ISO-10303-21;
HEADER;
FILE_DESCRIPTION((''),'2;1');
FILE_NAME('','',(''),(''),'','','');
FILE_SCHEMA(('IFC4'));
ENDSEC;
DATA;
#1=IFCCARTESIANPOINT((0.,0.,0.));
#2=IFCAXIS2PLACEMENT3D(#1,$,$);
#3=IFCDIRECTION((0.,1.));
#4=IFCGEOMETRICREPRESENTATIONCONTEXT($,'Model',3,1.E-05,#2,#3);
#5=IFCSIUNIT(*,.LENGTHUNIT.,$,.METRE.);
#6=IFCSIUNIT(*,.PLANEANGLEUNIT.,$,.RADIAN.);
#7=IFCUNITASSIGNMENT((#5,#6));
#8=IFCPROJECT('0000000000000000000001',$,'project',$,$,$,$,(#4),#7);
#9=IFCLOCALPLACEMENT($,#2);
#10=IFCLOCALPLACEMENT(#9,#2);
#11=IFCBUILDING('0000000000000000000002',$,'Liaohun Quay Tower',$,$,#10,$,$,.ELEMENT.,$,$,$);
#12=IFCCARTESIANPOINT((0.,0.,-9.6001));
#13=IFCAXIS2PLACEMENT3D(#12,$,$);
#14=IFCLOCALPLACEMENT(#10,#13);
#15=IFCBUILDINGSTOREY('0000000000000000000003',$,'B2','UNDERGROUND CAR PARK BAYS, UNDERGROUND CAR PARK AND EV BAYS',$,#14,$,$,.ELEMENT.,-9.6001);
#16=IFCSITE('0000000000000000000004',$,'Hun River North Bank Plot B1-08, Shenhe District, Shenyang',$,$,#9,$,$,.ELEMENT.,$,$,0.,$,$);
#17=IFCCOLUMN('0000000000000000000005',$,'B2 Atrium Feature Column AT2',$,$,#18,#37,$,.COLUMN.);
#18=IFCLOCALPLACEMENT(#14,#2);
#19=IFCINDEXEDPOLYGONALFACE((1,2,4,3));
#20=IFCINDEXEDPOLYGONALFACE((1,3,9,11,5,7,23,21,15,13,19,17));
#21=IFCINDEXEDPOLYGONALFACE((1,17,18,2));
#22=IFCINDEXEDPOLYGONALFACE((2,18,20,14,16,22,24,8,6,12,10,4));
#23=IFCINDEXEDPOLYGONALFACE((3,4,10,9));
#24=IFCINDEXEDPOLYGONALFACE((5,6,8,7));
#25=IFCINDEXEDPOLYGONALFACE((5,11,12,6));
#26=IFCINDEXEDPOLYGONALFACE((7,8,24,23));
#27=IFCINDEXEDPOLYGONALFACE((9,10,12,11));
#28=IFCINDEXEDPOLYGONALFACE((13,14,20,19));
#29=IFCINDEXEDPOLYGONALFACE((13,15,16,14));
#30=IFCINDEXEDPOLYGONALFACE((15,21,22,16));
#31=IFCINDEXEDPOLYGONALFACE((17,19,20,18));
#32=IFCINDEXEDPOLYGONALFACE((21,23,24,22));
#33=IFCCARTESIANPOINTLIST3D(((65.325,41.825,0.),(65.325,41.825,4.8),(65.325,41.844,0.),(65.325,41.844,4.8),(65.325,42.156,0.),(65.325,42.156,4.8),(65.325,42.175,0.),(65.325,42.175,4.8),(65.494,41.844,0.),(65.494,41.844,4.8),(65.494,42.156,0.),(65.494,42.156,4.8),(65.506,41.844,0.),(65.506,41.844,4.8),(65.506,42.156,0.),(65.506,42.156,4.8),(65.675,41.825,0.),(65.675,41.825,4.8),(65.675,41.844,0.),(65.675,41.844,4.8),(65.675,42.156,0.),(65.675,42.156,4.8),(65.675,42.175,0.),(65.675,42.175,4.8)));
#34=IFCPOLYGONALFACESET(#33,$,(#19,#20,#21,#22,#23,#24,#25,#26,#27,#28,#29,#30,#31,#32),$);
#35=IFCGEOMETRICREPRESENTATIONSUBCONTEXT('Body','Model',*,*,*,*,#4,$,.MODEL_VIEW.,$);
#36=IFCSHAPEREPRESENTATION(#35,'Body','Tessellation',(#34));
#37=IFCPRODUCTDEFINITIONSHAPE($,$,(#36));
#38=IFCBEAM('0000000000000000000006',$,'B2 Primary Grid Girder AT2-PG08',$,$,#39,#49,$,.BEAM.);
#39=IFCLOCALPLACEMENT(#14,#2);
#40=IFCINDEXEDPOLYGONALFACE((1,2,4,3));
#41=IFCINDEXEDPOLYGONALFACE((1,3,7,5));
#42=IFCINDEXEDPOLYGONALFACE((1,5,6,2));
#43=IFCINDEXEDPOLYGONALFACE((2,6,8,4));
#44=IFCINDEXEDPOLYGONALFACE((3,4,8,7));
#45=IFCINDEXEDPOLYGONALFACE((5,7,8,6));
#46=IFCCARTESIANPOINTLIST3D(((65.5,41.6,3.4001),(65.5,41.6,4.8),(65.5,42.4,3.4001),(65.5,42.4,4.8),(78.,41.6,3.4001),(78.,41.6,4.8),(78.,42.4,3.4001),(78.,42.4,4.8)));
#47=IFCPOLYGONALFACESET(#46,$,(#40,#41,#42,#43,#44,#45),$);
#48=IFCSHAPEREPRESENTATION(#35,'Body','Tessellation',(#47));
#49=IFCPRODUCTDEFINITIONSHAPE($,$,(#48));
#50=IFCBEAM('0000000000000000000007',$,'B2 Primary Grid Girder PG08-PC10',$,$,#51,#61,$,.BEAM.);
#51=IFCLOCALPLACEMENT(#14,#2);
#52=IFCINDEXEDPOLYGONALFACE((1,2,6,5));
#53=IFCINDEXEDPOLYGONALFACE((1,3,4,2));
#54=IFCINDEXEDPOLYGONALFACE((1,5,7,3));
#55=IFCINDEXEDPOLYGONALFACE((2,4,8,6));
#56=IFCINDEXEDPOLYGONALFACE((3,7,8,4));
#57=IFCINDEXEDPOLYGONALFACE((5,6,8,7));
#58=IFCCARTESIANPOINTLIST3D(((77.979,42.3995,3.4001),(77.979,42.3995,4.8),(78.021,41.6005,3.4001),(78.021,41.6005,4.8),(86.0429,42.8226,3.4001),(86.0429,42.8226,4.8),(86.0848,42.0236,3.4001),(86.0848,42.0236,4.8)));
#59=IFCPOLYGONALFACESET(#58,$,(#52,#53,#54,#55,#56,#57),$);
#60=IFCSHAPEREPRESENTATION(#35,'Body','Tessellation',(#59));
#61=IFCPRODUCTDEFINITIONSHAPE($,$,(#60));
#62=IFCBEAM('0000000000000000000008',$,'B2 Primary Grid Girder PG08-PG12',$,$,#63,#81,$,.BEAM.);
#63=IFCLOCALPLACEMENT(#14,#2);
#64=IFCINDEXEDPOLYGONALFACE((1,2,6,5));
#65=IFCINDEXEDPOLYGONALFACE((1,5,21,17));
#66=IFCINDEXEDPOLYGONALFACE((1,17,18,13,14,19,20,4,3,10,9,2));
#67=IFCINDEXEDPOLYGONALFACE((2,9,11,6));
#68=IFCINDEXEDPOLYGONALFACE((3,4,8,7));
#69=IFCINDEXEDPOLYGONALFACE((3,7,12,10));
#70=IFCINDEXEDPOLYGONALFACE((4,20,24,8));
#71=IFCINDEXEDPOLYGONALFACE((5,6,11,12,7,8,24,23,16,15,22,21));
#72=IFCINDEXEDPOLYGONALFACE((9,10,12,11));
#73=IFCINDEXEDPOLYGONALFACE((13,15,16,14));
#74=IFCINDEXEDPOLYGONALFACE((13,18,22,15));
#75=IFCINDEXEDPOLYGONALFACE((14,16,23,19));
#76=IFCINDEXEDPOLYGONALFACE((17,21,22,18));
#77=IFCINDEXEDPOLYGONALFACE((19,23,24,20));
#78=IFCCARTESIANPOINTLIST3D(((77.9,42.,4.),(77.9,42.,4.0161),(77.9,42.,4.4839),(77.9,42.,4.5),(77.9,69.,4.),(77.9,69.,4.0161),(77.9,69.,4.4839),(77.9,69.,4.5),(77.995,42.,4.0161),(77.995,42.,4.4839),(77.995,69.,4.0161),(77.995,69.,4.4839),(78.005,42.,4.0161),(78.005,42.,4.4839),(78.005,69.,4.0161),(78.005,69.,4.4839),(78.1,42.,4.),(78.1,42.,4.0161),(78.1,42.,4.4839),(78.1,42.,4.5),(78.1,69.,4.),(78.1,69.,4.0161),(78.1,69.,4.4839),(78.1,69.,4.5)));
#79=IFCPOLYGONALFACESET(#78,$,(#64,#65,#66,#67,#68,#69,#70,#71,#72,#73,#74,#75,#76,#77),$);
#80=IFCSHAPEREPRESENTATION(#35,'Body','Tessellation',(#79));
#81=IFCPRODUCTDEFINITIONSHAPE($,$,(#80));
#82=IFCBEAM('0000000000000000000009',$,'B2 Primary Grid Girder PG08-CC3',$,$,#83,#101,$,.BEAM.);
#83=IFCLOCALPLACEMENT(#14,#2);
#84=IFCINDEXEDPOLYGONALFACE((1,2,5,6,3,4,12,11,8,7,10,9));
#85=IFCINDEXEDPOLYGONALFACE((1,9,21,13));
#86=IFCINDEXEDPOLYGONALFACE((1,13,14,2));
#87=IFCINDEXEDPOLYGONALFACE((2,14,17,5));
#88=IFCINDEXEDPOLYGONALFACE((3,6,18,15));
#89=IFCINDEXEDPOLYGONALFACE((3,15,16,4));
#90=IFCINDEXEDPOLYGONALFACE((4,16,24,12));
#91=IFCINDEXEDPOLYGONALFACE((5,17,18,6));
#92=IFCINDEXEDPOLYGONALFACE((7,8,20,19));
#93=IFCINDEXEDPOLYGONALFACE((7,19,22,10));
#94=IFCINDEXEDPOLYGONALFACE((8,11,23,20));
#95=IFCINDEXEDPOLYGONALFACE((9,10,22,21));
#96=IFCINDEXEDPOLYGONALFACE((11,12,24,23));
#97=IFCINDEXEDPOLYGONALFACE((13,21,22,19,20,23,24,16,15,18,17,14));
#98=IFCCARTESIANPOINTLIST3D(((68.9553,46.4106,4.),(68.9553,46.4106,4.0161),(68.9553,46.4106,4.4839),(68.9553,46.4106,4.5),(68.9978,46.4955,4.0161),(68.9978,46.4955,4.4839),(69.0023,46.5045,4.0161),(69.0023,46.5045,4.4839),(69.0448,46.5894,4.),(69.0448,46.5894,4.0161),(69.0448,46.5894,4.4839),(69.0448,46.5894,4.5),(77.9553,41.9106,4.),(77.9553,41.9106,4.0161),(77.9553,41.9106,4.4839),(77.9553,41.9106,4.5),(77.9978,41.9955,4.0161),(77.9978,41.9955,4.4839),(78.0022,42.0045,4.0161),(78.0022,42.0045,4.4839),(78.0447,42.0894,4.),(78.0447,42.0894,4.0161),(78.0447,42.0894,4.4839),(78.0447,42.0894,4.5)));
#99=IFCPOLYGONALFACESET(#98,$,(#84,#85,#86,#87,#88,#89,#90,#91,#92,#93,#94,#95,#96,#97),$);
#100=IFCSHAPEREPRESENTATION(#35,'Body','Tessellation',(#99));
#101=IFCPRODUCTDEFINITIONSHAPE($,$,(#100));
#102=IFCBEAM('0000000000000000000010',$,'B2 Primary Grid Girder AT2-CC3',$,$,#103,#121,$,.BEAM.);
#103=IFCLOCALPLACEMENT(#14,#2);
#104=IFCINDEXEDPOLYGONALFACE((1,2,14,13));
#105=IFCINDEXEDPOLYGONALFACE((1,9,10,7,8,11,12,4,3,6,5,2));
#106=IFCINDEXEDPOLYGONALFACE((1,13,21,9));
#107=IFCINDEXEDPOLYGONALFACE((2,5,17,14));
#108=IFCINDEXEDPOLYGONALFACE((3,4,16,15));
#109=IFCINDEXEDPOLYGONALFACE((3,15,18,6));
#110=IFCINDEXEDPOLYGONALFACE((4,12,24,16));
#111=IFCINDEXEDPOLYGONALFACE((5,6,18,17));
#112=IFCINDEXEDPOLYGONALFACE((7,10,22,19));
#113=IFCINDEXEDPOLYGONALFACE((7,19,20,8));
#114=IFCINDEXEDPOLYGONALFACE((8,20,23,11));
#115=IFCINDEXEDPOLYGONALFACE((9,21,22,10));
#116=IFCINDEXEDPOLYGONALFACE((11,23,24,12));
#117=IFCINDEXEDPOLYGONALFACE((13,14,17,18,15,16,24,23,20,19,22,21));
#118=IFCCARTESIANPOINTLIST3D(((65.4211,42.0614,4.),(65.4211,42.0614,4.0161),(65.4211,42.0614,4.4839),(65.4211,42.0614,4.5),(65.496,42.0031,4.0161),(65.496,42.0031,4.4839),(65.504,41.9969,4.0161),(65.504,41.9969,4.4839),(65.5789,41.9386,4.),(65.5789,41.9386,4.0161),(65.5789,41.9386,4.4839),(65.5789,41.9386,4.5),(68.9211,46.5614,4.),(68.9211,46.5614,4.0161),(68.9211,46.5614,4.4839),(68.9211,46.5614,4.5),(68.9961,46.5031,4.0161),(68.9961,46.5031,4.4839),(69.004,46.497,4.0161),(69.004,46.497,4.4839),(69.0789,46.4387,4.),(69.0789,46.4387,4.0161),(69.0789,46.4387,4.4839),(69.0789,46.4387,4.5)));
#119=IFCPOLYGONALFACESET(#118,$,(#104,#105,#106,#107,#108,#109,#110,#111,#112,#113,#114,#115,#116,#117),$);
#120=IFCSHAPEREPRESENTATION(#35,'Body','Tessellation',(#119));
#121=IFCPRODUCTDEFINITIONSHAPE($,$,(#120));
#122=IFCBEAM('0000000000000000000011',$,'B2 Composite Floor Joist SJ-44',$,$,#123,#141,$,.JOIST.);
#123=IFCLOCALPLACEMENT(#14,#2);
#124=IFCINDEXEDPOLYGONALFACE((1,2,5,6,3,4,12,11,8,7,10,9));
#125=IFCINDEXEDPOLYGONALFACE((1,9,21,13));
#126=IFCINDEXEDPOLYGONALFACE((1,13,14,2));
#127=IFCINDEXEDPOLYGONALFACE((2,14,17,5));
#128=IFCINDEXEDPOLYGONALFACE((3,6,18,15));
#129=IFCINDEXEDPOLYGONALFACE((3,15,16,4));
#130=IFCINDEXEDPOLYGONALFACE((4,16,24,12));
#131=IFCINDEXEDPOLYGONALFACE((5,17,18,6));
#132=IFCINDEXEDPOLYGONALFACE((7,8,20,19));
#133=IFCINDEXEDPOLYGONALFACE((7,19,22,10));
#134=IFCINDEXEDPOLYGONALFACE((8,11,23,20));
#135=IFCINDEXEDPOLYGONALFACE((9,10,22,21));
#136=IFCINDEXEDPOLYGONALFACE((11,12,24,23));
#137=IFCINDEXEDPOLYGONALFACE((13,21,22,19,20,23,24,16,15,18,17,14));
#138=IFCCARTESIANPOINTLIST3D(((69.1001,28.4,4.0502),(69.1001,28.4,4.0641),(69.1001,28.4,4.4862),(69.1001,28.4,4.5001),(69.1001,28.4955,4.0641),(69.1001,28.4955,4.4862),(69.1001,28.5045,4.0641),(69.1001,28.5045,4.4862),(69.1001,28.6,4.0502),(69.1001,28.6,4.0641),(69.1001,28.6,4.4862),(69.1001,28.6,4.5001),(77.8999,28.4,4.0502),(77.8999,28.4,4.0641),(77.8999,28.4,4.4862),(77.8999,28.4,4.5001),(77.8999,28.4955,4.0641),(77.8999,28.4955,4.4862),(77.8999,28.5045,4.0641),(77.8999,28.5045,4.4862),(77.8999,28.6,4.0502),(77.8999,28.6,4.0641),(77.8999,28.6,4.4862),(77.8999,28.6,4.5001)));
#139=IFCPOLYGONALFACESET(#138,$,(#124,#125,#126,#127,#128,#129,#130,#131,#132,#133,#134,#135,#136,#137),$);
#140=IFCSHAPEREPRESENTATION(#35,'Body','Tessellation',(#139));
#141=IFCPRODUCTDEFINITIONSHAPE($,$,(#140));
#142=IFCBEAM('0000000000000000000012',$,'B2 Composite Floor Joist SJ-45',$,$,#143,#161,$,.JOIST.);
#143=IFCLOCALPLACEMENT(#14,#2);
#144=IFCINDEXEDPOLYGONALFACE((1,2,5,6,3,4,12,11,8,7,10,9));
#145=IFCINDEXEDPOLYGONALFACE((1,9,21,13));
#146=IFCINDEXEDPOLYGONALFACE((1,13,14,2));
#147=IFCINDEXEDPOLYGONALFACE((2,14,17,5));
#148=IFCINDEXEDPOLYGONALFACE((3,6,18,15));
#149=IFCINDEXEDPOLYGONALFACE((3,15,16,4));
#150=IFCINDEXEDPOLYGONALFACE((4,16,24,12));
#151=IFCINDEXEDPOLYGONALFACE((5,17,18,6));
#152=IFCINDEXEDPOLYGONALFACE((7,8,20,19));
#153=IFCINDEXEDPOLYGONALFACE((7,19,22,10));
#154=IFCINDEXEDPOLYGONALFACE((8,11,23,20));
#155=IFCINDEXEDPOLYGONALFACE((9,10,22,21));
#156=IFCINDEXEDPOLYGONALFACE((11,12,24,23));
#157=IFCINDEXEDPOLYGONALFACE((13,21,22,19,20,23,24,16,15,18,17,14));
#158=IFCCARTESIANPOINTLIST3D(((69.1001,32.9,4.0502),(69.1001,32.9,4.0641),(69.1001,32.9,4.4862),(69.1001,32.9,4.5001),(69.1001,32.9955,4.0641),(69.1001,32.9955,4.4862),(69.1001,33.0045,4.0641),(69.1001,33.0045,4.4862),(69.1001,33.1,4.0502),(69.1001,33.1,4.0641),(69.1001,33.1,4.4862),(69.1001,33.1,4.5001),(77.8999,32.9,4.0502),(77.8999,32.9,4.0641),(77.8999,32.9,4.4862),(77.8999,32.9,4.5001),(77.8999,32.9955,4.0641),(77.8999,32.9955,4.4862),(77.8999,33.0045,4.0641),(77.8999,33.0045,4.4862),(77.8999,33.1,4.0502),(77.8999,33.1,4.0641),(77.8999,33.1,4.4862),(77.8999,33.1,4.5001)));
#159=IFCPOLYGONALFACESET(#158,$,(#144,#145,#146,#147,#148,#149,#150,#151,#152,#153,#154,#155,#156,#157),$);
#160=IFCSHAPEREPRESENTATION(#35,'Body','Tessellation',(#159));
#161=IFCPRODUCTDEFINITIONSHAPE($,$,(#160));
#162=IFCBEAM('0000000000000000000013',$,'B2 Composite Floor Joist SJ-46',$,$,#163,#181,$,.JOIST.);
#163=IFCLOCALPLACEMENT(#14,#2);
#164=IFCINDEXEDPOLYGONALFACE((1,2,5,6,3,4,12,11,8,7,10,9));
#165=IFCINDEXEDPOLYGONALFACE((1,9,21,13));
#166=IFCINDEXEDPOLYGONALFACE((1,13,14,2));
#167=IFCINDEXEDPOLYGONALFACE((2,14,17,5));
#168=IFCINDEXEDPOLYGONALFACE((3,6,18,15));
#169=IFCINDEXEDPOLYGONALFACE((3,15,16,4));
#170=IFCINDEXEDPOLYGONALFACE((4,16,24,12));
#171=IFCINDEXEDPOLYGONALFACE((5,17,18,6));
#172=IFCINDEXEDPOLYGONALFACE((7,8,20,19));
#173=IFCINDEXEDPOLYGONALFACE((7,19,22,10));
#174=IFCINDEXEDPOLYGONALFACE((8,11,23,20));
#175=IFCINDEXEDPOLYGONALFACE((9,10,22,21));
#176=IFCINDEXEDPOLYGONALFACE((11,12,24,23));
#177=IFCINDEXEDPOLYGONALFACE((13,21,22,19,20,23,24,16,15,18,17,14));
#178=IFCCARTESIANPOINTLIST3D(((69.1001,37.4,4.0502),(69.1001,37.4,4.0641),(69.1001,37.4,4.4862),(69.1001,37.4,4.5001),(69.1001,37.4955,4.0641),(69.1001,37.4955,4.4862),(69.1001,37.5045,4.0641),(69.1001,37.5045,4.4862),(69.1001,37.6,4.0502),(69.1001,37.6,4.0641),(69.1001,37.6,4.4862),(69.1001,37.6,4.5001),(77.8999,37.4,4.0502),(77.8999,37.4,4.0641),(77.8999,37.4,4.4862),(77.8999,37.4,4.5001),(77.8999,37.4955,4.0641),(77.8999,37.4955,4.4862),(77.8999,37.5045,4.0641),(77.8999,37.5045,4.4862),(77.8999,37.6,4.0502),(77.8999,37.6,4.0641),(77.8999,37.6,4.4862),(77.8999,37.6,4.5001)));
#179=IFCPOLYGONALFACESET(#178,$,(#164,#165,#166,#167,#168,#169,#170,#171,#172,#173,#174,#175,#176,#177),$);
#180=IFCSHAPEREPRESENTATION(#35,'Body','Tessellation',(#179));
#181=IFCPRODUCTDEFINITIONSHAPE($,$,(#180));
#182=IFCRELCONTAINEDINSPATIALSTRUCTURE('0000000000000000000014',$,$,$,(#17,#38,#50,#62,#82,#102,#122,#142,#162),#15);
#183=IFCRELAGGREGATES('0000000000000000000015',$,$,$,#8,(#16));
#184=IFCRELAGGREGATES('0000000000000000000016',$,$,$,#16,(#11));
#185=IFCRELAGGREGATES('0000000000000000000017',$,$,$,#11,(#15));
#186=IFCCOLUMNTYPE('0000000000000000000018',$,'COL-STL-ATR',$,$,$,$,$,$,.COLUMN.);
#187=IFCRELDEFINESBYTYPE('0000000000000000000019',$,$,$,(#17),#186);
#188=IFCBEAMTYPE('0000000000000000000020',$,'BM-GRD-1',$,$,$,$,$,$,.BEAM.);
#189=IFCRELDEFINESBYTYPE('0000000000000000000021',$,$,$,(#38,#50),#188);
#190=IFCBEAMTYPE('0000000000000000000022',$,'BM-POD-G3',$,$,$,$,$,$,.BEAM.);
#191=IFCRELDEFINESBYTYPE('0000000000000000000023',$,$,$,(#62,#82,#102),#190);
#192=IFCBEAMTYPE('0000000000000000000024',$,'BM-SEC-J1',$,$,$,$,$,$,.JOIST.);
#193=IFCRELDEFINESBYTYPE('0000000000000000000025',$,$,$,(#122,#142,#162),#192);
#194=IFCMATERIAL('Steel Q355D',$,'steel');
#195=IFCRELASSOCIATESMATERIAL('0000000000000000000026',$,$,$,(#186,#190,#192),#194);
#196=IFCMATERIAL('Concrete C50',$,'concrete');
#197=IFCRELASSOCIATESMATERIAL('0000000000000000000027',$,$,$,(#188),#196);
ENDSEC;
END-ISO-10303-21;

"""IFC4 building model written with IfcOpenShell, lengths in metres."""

from ifc_helpers import new_model, si_unit, direction, frame, origin, origin_2d, place, context, subcontext, project, spatial, rectangle, i_section, extrude, source, transform, mapped, material, material_profile, profile_set, type_object, element, save


model = new_model("IFC4")

# Units and contexts
model_context = context("Model", 3, precision=1e-05, world=origin(), true_north=direction((0.0, 1.0)))
body_context = subcontext(model_context, "Body", "Model", "MODEL_VIEW")
ifc_project = project(units=[si_unit("LENGTHUNIT", "METRE"), si_unit("PLANEANGLEUNIT", "RADIAN")], contexts=[model_context])

# Site, building, storey
site_placement = place(None, origin())
site = spatial("IfcSite", under=ifc_project, at=site_placement, Name="Hun River North Bank Plot B1-08, Shenhe District, Shenyang", CompositionType="ELEMENT", RefElevation=0.0)
building_placement = place(site_placement, origin())
building = spatial("IfcBuilding", under=site, at=building_placement, Name="Liaohun Quay Tower", CompositionType="ELEMENT")
storey_placement = place(building_placement, frame((0.0, 0.0, -9.6001)))
storey = spatial("IfcBuildingStorey", under=building, at=storey_placement, Name="B2", Description="UNDERGROUND CAR PARK BAYS, UNDERGROUND CAR PARK AND EV BAYS", CompositionType="ELEMENT", Elevation=-9.6001)

# Column
ifc_material_1 = material(Name="Steel Q355D", Category="steel")
ifc_material_profile_1 = material_profile(ifc_material_1, i_section(OverallWidth=0.3501, OverallDepth=0.3501, WebThickness=0.012, FlangeThickness=0.019, at=origin_2d()), Name="HW350x350x12x19")
ifc_profile_set_1 = profile_set([ifc_material_profile_1], Name="Steel Q355D")
column_type_1 = type_object("IfcColumnType", Name="COL-STL-ATR", PredefinedType="COLUMN", material=ifc_profile_set_1)
shared_shape_1 = source(origin(), body_context, "Body", "SweptSolid", [
    extrude(i_section(OverallWidth=0.3501, OverallDepth=0.3501, WebThickness=0.012, FlangeThickness=0.019, at=origin_2d()), origin(), (0.0, 0.0, 1.0), 4.8),
])
column_1_placement = place(storey_placement, frame((65.5, 42.0, 0.0), z_axis=(0.0, 0.0, 1.0), x_axis=(1.0, 0.0, 0.0)))
element("IfcColumn", 1, at=column_1_placement, inside=storey, type_object=column_type_1, Name="B2 Atrium Feature Column AT2", PredefinedType="COLUMN", context=body_context, shape_type="MappedRepresentation", body=[
    mapped(shared_shape_1, transform((0.0, 0.0, 0.0), x_axis=(1.0, 0.0, 0.0), y_axis=(0.0, 1.0, 0.0), z_axis=(0.0, 0.0, 1.0), scale=1.0)),
])

# Beams
ifc_material_2 = material(Name="Concrete C50", Category="concrete")
ifc_material_profile_2 = material_profile(ifc_material_2, rectangle(XDim=0.8, YDim=1.3999, at=origin_2d()), Name="RC800x1400")
ifc_profile_set_2 = profile_set([ifc_material_profile_2], Name="Concrete C50")
beam_type_1 = type_object("IfcBeamType", Name="BM-GRD-1", PredefinedType="BEAM", material=ifc_profile_set_2)
shared_shape_2 = source(origin(), body_context, "Body", "SweptSolid", [
    extrude(rectangle(XDim=0.8, YDim=1.3999, at=origin_2d()), origin(), (0.0, 0.0, 1.0), 12.5),
])
beam_1_placement = place(storey_placement, frame((65.5, 42.0, 4.1001), z_axis=(1.0, 0.0, 0.0), x_axis=(0.0, 1.0, 0.0)))
element("IfcBeam", 2, at=beam_1_placement, inside=storey, type_object=beam_type_1, Name="B2 Primary Grid Girder AT2-PG08", PredefinedType="BEAM", context=body_context, shape_type="MappedRepresentation", body=[
    mapped(shared_shape_2, transform((0.0, 0.0, 0.0), x_axis=(1.0, 0.0, 0.0), y_axis=(0.0, 1.0, 0.0), z_axis=(0.0, 0.0, 1.0), scale=1.0)),
])
shared_shape_3 = source(origin(), body_context, "Body", "SweptSolid", [
    extrude(rectangle(XDim=0.8, YDim=1.3999, at=origin_2d()), origin(), (0.0, 0.0, 1.0), 8.075),
])
beam_2_placement = place(storey_placement, frame((78.0, 42.0, 4.1001), z_axis=(0.998626, 0.052395, 0.0), x_axis=(-0.052395, 0.998626, 0.0)))
element("IfcBeam", 3, at=beam_2_placement, inside=storey, type_object=beam_type_1, Name="B2 Primary Grid Girder PG08-PC10", PredefinedType="BEAM", context=body_context, shape_type="MappedRepresentation", body=[
    mapped(shared_shape_3, transform((0.0, 0.0, 0.0), x_axis=(1.0, 0.0, 0.0), y_axis=(0.0, 1.0, 0.0), z_axis=(0.0, 0.0, 1.0), scale=1.0)),
])
ifc_material_profile_3 = material_profile(ifc_material_1, i_section(OverallWidth=0.2, OverallDepth=0.5, WebThickness=0.01, FlangeThickness=0.0161, at=origin_2d()), Name="HN500x200x10x16")
ifc_profile_set_3 = profile_set([ifc_material_profile_3], Name="Steel Q355D")
beam_type_2 = type_object("IfcBeamType", Name="BM-POD-G3", PredefinedType="BEAM", material=ifc_profile_set_3)
shared_shape_4 = source(origin(), body_context, "Body", "SweptSolid", [
    extrude(i_section(OverallWidth=0.2, OverallDepth=0.5, WebThickness=0.01, FlangeThickness=0.0161, at=origin_2d()), origin(), (0.0, 0.0, 1.0), 27.0),
])
beam_3_placement = place(storey_placement, frame((78.0, 42.0, 4.25), z_axis=(0.0, 1.0, 0.0), x_axis=(-1.0, 0.0, 0.0)))
element("IfcBeam", 4, at=beam_3_placement, inside=storey, type_object=beam_type_2, Name="B2 Primary Grid Girder PG08-PG12", PredefinedType="BEAM", context=body_context, shape_type="MappedRepresentation", body=[
    mapped(shared_shape_4, transform((0.0, 0.0, 0.0), x_axis=(1.0, 0.0, 0.0), y_axis=(0.0, 1.0, 0.0), z_axis=(0.0, 0.0, 1.0), scale=1.0)),
])
shared_shape_5 = source(origin(), body_context, "Body", "SweptSolid", [
    extrude(i_section(OverallWidth=0.2, OverallDepth=0.5, WebThickness=0.01, FlangeThickness=0.0161, at=origin_2d()), origin(), (0.0, 0.0, 1.0), 10.0623),
])
beam_4_placement = place(storey_placement, frame((78.0, 42.0, 4.25), z_axis=(-0.894427, 0.447214, 0.0), x_axis=(-0.447214, -0.894427, 0.0)))
element("IfcBeam", 5, at=beam_4_placement, inside=storey, type_object=beam_type_2, Name="B2 Primary Grid Girder PG08-CC3", PredefinedType="BEAM", context=body_context, shape_type="MappedRepresentation", body=[
    mapped(shared_shape_5, transform((0.0, 0.0, 0.0), x_axis=(1.0, 0.0, 0.0), y_axis=(0.0, 1.0, 0.0), z_axis=(0.0, 0.0, 1.0), scale=1.0)),
])
shared_shape_6 = source(origin(), body_context, "Body", "SweptSolid", [
    extrude(i_section(OverallWidth=0.2, OverallDepth=0.5, WebThickness=0.01, FlangeThickness=0.0161, at=origin_2d()), origin(), (0.0, 0.0, 1.0), 5.7009),
])
beam_5_placement = place(storey_placement, frame((65.5, 42.0, 4.25), z_axis=(0.613941, 0.789352, 0.0), x_axis=(-0.789352, 0.613941, 0.0)))
element("IfcBeam", 6, at=beam_5_placement, inside=storey, type_object=beam_type_2, Name="B2 Primary Grid Girder AT2-CC3", PredefinedType="BEAM", context=body_context, shape_type="MappedRepresentation", body=[
    mapped(shared_shape_6, transform((0.0, 0.0, 0.0), x_axis=(1.0, 0.0, 0.0), y_axis=(0.0, 1.0, 0.0), z_axis=(0.0, 0.0, 1.0), scale=1.0)),
])
ifc_material_profile_4 = material_profile(ifc_material_1, i_section(OverallWidth=0.2, OverallDepth=0.45, WebThickness=0.009, FlangeThickness=0.0139, at=origin_2d()), Name="HN450x200x9x14")
ifc_profile_set_4 = profile_set([ifc_material_profile_4], Name="Steel Q355D")
beam_type_3 = type_object("IfcBeamType", Name="BM-SEC-J1", PredefinedType="JOIST", material=ifc_profile_set_4)
shared_shape_7 = source(origin(), body_context, "Body", "SweptSolid", [
    extrude(i_section(OverallWidth=0.2, OverallDepth=0.45, WebThickness=0.009, FlangeThickness=0.0139, at=origin_2d()), origin(), (0.0, 0.0, 1.0), 8.7998),
])
for number, where, z_axis, x_axis, name in (
    (7, (69.1001, 28.5, 4.2751), (1.0, 0.0, 0.0), (0.0, 1.0, 0.0), "B2 Composite Floor Joist SJ-44"),
    (8, (69.1001, 33.0, 4.2751), (1.0, 0.0, 0.0), (0.0, 1.0, 0.0), "B2 Composite Floor Joist SJ-45"),
    (9, (69.1001, 37.5, 4.2751), (1.0, 0.0, 0.0), (0.0, 1.0, 0.0), "B2 Composite Floor Joist SJ-46"),
):
    element("IfcBeam", number, at=place(storey_placement, frame(where, z_axis=z_axis, x_axis=x_axis)), inside=storey, type_object=beam_type_3, Name=name, PredefinedType="JOIST", context=body_context, shape_type="MappedRepresentation", body=[
        mapped(shared_shape_7, transform((0.0, 0.0, 0.0), x_axis=(1.0, 0.0, 0.0), y_axis=(0.0, 1.0, 0.0), z_axis=(0.0, 0.0, 1.0), scale=1.0)),
    ])

save(model, "model.ifc")
